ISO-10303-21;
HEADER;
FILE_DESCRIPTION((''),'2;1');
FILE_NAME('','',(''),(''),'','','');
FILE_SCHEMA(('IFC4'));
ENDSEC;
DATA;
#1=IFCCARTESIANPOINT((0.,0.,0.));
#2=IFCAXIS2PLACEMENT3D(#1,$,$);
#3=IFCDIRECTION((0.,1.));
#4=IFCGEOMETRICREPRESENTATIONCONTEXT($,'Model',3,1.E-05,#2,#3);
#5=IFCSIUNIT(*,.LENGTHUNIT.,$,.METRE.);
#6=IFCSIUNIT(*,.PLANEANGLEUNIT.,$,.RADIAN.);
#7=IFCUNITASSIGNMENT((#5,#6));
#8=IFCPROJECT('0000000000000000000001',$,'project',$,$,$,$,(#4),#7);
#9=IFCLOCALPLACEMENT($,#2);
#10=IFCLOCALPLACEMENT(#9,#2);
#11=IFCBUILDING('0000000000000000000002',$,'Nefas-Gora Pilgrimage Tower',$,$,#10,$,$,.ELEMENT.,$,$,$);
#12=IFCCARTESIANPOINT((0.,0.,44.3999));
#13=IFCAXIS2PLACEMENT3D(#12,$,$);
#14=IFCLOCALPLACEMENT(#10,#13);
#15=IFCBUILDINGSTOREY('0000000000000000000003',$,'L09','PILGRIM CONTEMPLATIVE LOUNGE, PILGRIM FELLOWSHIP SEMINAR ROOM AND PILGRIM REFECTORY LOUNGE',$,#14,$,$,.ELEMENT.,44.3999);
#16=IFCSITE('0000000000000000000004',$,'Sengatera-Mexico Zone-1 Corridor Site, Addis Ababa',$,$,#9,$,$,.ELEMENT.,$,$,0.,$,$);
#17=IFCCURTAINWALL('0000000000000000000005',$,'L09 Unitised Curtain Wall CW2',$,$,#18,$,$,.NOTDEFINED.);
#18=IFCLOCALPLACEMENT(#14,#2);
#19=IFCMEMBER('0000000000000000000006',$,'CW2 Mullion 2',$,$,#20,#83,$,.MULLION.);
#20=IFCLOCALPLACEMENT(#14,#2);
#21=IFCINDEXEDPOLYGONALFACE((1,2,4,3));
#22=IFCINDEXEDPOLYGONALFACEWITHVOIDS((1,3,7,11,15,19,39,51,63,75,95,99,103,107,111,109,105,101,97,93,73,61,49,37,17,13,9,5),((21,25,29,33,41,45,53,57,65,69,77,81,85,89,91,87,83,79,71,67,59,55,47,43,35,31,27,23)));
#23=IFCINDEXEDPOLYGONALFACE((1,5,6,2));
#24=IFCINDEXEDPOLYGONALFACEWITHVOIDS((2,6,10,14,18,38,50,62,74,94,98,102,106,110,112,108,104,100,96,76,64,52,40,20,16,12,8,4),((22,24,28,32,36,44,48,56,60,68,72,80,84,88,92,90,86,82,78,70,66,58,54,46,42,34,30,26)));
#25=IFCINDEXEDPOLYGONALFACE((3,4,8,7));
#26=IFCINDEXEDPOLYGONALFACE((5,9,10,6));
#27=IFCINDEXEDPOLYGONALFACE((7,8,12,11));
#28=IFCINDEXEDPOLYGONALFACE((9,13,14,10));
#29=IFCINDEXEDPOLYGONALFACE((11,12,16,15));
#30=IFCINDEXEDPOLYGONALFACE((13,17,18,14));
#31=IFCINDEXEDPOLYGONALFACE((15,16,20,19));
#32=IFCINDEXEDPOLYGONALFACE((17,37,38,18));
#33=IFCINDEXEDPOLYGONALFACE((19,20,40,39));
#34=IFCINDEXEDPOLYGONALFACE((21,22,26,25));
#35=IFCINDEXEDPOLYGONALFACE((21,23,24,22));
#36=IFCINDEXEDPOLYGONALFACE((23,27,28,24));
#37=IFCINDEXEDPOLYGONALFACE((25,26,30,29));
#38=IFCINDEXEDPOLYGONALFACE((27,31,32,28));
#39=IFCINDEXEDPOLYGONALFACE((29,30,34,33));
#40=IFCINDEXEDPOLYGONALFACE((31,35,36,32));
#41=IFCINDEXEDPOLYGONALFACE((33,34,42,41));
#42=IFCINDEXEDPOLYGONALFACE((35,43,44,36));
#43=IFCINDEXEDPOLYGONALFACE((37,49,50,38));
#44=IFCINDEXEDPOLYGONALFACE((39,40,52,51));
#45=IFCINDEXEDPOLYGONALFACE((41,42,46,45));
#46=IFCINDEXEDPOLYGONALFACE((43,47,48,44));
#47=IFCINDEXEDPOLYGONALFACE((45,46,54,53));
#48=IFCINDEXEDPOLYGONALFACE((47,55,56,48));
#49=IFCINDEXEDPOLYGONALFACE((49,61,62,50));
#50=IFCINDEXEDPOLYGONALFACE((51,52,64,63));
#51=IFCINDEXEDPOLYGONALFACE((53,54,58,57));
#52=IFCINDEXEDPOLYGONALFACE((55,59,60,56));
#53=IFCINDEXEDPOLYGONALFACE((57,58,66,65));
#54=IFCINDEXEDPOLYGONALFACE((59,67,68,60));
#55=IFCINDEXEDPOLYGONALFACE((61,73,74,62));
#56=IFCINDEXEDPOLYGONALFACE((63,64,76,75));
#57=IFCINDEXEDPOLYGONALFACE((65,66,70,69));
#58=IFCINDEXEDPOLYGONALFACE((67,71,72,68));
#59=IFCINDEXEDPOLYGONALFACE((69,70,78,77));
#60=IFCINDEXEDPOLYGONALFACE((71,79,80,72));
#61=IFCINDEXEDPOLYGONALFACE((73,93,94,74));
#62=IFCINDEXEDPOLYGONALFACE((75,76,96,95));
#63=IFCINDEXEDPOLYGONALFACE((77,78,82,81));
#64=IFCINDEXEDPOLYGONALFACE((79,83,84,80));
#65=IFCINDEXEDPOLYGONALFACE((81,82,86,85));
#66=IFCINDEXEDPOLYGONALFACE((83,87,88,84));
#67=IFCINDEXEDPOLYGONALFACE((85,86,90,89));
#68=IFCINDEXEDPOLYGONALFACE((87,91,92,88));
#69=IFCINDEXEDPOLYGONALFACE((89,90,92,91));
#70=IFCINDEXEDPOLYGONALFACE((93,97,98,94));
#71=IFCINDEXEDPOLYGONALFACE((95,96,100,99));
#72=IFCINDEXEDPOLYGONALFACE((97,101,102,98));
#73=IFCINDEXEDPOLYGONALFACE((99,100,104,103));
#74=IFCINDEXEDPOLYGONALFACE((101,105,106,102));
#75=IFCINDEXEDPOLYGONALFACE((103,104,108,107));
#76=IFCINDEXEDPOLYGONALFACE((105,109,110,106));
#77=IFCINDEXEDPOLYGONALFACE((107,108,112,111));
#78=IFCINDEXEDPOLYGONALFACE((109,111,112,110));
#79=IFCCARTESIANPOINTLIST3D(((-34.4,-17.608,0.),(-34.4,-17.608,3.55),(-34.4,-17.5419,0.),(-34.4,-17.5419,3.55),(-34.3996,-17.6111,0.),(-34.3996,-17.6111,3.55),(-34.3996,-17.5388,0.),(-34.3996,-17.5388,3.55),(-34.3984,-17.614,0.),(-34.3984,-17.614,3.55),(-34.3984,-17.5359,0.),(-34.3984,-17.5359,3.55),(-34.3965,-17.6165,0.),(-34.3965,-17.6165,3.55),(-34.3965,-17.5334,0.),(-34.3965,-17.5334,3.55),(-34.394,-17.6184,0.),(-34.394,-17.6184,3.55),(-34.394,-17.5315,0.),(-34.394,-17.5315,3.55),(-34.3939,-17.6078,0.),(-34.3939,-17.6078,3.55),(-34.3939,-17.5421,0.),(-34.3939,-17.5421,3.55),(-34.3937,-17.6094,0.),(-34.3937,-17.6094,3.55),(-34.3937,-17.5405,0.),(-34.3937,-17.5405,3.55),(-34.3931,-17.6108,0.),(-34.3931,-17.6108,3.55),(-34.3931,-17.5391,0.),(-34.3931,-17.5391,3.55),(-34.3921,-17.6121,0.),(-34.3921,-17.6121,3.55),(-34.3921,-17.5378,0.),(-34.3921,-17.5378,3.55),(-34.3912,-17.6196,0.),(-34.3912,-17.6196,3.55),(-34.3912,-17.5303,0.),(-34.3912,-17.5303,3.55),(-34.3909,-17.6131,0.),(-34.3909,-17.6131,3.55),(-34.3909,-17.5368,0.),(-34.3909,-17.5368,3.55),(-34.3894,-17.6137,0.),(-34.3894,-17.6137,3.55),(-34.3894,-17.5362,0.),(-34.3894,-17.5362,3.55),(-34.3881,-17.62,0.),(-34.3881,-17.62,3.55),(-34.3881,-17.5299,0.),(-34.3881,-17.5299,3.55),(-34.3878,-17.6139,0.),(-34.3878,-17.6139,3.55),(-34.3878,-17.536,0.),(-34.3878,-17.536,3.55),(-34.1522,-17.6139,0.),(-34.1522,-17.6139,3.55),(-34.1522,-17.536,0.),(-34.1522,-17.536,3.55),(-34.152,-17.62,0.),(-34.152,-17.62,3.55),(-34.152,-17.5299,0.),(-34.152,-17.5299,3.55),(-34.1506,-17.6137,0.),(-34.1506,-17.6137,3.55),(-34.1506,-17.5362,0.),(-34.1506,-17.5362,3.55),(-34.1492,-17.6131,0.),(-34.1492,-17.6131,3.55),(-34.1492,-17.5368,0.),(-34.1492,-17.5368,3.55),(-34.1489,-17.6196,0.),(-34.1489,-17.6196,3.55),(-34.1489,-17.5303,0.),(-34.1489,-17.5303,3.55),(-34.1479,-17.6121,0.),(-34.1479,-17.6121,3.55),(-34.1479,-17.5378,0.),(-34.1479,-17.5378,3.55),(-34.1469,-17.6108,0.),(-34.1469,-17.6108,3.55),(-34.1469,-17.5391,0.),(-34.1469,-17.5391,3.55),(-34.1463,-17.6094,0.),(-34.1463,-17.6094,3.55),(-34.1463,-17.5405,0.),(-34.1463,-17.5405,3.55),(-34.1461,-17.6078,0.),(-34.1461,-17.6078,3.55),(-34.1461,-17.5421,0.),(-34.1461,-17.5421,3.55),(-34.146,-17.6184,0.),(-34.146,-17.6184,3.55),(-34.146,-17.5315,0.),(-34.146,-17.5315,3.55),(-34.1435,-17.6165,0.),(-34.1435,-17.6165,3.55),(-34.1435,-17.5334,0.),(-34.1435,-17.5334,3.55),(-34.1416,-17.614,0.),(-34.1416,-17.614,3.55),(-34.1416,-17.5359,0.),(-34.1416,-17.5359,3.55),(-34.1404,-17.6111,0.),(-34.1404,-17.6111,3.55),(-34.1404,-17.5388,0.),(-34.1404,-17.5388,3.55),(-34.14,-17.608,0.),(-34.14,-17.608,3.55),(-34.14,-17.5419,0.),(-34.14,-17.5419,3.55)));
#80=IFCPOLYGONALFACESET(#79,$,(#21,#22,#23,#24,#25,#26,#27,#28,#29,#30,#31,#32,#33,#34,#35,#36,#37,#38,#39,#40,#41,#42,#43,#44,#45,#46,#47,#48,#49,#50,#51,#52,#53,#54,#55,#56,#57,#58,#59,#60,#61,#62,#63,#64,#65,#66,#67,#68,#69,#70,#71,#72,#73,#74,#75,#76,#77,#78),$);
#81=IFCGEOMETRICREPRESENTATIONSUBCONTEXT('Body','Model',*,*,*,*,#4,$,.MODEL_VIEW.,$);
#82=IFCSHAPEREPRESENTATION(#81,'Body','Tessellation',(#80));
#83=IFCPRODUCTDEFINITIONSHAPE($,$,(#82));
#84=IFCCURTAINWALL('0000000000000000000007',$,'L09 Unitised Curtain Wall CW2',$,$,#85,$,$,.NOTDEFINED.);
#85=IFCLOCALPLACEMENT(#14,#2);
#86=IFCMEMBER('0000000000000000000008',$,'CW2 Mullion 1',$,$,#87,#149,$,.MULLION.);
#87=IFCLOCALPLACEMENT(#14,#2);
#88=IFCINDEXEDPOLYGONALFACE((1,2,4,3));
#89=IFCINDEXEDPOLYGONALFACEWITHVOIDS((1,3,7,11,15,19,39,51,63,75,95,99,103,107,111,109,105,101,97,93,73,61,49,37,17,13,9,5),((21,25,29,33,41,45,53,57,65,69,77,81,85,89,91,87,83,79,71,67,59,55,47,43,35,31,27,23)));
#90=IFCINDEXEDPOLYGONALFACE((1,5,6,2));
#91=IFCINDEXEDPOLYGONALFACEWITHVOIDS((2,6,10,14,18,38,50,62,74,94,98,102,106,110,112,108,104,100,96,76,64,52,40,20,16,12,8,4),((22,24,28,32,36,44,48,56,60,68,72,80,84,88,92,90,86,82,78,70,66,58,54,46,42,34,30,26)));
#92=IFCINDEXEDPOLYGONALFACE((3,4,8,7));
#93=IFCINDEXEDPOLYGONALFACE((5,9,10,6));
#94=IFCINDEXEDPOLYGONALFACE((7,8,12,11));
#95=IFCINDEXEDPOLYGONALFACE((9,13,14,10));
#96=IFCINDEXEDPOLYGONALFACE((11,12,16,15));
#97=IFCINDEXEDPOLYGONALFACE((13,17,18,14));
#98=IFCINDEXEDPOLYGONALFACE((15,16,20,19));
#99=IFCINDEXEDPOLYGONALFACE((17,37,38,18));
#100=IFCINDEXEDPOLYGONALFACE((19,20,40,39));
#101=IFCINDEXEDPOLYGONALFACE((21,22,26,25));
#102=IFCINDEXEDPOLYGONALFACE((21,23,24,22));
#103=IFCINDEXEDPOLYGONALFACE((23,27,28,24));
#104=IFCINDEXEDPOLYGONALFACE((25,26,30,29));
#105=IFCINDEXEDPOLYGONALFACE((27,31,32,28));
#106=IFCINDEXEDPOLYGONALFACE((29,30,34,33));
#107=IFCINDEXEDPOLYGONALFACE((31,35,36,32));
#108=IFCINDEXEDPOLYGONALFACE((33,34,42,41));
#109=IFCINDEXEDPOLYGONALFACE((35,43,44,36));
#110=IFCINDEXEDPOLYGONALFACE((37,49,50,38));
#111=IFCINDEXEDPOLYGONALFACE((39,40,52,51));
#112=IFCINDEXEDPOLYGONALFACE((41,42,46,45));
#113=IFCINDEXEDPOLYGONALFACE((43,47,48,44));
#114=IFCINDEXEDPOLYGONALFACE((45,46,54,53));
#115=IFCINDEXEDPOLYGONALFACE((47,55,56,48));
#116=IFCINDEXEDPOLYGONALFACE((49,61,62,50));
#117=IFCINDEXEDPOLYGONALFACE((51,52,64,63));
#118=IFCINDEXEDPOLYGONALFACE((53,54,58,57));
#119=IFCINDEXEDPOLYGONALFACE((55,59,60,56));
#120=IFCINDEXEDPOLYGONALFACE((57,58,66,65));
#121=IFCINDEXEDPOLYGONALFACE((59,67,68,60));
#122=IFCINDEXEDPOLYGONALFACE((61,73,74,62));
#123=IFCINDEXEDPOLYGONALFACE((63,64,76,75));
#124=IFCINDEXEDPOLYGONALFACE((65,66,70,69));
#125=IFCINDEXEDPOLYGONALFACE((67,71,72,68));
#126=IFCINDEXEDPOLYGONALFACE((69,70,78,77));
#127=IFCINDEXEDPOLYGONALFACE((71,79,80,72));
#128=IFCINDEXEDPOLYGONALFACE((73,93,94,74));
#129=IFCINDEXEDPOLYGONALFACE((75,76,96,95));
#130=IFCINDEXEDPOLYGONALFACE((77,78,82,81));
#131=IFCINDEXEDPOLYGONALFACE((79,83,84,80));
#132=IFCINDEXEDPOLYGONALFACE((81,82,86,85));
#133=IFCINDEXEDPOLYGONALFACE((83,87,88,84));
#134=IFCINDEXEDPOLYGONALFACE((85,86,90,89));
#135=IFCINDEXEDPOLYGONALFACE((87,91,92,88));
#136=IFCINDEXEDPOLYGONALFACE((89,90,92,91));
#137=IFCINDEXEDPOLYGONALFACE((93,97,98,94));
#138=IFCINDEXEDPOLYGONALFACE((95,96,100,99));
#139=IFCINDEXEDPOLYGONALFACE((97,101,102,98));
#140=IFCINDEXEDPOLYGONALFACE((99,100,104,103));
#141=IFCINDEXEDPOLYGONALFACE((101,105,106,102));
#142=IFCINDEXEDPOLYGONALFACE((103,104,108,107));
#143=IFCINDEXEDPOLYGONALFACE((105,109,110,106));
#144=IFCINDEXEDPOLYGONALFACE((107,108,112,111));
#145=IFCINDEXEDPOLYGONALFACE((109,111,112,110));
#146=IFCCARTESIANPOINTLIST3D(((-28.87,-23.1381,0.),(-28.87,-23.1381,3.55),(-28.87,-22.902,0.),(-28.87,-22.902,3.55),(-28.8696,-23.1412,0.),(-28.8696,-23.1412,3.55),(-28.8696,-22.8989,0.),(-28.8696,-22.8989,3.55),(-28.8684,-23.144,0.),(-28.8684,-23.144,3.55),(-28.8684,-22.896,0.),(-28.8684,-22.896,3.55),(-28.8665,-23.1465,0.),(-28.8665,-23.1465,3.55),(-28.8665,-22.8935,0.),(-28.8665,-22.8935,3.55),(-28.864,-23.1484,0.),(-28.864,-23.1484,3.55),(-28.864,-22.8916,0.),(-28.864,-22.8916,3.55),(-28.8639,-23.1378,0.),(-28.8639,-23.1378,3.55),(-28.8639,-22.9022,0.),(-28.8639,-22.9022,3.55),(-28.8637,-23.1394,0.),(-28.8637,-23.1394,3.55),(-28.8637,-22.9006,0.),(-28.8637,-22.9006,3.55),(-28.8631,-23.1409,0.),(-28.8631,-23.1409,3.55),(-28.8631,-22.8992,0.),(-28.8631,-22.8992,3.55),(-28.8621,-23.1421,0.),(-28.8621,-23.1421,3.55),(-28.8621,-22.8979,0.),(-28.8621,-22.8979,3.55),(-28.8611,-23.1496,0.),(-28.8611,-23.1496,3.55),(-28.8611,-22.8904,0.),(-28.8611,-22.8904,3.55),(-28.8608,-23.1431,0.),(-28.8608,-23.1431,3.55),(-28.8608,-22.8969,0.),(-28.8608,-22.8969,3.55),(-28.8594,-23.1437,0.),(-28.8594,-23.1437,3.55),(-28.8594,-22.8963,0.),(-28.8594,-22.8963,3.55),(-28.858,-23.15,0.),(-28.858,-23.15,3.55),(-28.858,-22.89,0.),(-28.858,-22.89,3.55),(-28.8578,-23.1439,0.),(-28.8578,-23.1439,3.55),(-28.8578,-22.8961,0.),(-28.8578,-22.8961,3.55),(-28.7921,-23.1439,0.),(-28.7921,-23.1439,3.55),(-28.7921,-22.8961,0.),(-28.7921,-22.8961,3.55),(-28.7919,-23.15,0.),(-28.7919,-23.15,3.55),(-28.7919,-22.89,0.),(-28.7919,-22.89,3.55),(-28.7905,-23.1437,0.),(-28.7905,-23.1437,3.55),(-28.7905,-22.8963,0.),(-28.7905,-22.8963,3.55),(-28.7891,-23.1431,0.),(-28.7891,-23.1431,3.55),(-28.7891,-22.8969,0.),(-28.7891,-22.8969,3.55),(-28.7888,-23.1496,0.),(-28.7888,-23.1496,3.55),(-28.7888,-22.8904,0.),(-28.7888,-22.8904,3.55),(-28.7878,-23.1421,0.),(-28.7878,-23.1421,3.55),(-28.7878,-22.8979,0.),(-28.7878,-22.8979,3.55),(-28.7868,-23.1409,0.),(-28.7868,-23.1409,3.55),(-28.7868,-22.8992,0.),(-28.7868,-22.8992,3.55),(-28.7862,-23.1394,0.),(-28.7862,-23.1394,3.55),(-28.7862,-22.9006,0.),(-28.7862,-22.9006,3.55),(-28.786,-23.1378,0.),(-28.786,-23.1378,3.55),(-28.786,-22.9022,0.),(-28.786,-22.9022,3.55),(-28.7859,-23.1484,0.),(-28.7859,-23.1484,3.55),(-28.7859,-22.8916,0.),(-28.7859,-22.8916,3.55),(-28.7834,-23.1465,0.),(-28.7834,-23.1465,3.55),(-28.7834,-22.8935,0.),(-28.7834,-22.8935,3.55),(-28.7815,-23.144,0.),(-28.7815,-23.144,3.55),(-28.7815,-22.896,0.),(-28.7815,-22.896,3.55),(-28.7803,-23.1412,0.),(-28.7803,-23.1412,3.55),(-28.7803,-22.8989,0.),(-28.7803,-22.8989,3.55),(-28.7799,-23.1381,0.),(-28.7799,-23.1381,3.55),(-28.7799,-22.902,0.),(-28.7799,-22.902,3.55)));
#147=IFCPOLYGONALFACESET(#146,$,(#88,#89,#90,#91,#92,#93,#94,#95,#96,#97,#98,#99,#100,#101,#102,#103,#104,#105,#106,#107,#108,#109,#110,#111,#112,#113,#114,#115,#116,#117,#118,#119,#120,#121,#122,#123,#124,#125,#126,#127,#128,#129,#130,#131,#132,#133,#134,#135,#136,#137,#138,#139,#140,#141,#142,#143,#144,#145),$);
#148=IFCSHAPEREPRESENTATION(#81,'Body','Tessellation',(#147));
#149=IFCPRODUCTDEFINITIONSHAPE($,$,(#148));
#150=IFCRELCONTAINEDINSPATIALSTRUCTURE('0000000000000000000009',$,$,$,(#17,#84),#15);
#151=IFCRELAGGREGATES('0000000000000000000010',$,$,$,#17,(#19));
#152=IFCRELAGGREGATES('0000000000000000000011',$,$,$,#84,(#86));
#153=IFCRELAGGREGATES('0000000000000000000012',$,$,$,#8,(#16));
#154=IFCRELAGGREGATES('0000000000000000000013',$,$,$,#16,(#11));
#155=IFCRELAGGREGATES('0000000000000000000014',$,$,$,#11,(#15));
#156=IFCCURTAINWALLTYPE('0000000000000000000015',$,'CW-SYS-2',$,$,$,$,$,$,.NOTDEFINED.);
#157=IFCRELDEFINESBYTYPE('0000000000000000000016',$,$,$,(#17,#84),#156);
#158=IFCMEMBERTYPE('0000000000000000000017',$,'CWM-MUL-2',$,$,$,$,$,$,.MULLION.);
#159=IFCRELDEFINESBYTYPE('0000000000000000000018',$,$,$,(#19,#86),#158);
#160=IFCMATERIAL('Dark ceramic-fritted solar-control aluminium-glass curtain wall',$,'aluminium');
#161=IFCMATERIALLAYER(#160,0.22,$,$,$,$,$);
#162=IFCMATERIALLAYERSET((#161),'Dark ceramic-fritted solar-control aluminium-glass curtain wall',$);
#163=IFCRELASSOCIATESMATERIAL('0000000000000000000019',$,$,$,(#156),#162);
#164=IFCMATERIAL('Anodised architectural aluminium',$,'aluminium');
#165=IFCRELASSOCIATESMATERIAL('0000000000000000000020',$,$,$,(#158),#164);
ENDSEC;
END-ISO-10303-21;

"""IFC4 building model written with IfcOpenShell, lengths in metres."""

from ifc_helpers import new_model, si_unit, direction, frame, origin, origin_2d, place, context, subcontext, project, spatial, hollow_rectangle, extrude, source, transform, mapped, material, layer, layer_set, material_profile, profile_set, type_object, element, aggregate, save


model = new_model("IFC4")

# Units and contexts
model_context = context("Model", 3, precision=1e-05, world=origin(), true_north=direction((0.0, 1.0)))
body_context = subcontext(model_context, "Body", "Model", "MODEL_VIEW")
ifc_project = project(units=[si_unit("LENGTHUNIT", "METRE"), si_unit("PLANEANGLEUNIT", "RADIAN")], contexts=[model_context])

# Site, building, storey
site_placement = place(None, origin())
site = spatial("IfcSite", under=ifc_project, at=site_placement, Name="Sengatera-Mexico Zone-1 Corridor Site, Addis Ababa", CompositionType="ELEMENT", RefElevation=0.0)
building_placement = place(site_placement, origin())
building = spatial("IfcBuilding", under=site, at=building_placement, Name="Nefas-Gora Pilgrimage Tower", CompositionType="ELEMENT")
storey_placement = place(building_placement, frame((0.0, 0.0, 44.3999)))
storey = spatial("IfcBuildingStorey", under=building, at=storey_placement, Name="L09", Description="PILGRIM CONTEMPLATIVE LOUNGE, PILGRIM FELLOWSHIP SEMINAR ROOM AND PILGRIM REFECTORY LOUNGE", CompositionType="ELEMENT", Elevation=44.3999)

# Shared definitions
ifc_material_1 = material(Name="Dark ceramic-fritted solar-control aluminium-glass curtain wall", Category="aluminium")
ifc_material_2 = material(Name="Anodised architectural aluminium", Category="aluminium")

# Curtain wall, member
ifc_layer_1 = layer(ifc_material_1, 0.22)
ifc_layer_set_1 = layer_set([ifc_layer_1], Name="Dark ceramic-fritted solar-control aluminium-glass curtain wall")
curtain_wall_type_1 = type_object("IfcCurtainWallType", Name="CW-SYS-2", PredefinedType="NOTDEFINED", material=ifc_layer_set_1)
curtain_wall_1_placement = place(storey_placement, origin())
curtain_wall_1 = element("IfcCurtainWall", 1, at=curtain_wall_1_placement, inside=storey, type_object=curtain_wall_type_1, Name="L09 Unitised Curtain Wall CW2", PredefinedType="NOTDEFINED")
ifc_material_profile_1 = material_profile(ifc_material_2, hollow_rectangle(XDim=0.0901, YDim=0.26, WallThickness=0.0061, InnerFilletRadius=0.0061, OuterFilletRadius=0.012, at=origin_2d()), Name="ALU MULLION 90x260")
ifc_profile_set_1 = profile_set([ifc_material_profile_1], Name="Anodised architectural aluminium")
member_type_1 = type_object("IfcMemberType", Name="CWM-MUL-2", PredefinedType="MULLION", material=ifc_profile_set_1)
shared_shape_1 = source(origin(), body_context, "Body", "SweptSolid", [
    extrude(hollow_rectangle(XDim=0.0901, YDim=0.26, WallThickness=0.0061, InnerFilletRadius=0.0061, OuterFilletRadius=0.012, at=origin_2d()), origin(), (0.0, 0.0, 1.0), 3.55),
])
member_1_placement = place(storey_placement, frame((-34.27, -17.575, 0.0), z_axis=(0.0, 0.0, 1.0), x_axis=(0.0, -1.0, 0.0)))
member_1 = element("IfcMember", 2, at=member_1_placement, type_object=member_type_1, Name="CW2 Mullion 2", PredefinedType="MULLION", context=body_context, shape_type="MappedRepresentation", body=[
    mapped(shared_shape_1, transform((0.0, 0.0, 0.0), x_axis=(1.0, 0.0, 0.0), y_axis=(0.0, 1.0, 0.0), z_axis=(0.0, 0.0, 1.0), scale=1.0)),
])

# Curtain wall, member
curtain_wall_2_placement = place(storey_placement, origin())
curtain_wall_2 = element("IfcCurtainWall", 3, at=curtain_wall_2_placement, inside=storey, type_object=curtain_wall_type_1, Name="L09 Unitised Curtain Wall CW2", PredefinedType="NOTDEFINED")
member_2_placement = place(storey_placement, frame((-28.825, -23.02, 0.0), z_axis=(0.0, 0.0, 1.0), x_axis=(1.0, 0.0, 0.0)))
member_2 = element("IfcMember", 4, at=member_2_placement, type_object=member_type_1, Name="CW2 Mullion 1", PredefinedType="MULLION", context=body_context, shape_type="MappedRepresentation", body=[
    mapped(shared_shape_1, transform((0.0, 0.0, 0.0), x_axis=(1.0, 0.0, 0.0), y_axis=(0.0, 1.0, 0.0), z_axis=(0.0, 0.0, 1.0), scale=1.0)),
])

aggregate(curtain_wall_1, [member_1])
aggregate(curtain_wall_2, [member_2])

save(model, "model.ifc")
